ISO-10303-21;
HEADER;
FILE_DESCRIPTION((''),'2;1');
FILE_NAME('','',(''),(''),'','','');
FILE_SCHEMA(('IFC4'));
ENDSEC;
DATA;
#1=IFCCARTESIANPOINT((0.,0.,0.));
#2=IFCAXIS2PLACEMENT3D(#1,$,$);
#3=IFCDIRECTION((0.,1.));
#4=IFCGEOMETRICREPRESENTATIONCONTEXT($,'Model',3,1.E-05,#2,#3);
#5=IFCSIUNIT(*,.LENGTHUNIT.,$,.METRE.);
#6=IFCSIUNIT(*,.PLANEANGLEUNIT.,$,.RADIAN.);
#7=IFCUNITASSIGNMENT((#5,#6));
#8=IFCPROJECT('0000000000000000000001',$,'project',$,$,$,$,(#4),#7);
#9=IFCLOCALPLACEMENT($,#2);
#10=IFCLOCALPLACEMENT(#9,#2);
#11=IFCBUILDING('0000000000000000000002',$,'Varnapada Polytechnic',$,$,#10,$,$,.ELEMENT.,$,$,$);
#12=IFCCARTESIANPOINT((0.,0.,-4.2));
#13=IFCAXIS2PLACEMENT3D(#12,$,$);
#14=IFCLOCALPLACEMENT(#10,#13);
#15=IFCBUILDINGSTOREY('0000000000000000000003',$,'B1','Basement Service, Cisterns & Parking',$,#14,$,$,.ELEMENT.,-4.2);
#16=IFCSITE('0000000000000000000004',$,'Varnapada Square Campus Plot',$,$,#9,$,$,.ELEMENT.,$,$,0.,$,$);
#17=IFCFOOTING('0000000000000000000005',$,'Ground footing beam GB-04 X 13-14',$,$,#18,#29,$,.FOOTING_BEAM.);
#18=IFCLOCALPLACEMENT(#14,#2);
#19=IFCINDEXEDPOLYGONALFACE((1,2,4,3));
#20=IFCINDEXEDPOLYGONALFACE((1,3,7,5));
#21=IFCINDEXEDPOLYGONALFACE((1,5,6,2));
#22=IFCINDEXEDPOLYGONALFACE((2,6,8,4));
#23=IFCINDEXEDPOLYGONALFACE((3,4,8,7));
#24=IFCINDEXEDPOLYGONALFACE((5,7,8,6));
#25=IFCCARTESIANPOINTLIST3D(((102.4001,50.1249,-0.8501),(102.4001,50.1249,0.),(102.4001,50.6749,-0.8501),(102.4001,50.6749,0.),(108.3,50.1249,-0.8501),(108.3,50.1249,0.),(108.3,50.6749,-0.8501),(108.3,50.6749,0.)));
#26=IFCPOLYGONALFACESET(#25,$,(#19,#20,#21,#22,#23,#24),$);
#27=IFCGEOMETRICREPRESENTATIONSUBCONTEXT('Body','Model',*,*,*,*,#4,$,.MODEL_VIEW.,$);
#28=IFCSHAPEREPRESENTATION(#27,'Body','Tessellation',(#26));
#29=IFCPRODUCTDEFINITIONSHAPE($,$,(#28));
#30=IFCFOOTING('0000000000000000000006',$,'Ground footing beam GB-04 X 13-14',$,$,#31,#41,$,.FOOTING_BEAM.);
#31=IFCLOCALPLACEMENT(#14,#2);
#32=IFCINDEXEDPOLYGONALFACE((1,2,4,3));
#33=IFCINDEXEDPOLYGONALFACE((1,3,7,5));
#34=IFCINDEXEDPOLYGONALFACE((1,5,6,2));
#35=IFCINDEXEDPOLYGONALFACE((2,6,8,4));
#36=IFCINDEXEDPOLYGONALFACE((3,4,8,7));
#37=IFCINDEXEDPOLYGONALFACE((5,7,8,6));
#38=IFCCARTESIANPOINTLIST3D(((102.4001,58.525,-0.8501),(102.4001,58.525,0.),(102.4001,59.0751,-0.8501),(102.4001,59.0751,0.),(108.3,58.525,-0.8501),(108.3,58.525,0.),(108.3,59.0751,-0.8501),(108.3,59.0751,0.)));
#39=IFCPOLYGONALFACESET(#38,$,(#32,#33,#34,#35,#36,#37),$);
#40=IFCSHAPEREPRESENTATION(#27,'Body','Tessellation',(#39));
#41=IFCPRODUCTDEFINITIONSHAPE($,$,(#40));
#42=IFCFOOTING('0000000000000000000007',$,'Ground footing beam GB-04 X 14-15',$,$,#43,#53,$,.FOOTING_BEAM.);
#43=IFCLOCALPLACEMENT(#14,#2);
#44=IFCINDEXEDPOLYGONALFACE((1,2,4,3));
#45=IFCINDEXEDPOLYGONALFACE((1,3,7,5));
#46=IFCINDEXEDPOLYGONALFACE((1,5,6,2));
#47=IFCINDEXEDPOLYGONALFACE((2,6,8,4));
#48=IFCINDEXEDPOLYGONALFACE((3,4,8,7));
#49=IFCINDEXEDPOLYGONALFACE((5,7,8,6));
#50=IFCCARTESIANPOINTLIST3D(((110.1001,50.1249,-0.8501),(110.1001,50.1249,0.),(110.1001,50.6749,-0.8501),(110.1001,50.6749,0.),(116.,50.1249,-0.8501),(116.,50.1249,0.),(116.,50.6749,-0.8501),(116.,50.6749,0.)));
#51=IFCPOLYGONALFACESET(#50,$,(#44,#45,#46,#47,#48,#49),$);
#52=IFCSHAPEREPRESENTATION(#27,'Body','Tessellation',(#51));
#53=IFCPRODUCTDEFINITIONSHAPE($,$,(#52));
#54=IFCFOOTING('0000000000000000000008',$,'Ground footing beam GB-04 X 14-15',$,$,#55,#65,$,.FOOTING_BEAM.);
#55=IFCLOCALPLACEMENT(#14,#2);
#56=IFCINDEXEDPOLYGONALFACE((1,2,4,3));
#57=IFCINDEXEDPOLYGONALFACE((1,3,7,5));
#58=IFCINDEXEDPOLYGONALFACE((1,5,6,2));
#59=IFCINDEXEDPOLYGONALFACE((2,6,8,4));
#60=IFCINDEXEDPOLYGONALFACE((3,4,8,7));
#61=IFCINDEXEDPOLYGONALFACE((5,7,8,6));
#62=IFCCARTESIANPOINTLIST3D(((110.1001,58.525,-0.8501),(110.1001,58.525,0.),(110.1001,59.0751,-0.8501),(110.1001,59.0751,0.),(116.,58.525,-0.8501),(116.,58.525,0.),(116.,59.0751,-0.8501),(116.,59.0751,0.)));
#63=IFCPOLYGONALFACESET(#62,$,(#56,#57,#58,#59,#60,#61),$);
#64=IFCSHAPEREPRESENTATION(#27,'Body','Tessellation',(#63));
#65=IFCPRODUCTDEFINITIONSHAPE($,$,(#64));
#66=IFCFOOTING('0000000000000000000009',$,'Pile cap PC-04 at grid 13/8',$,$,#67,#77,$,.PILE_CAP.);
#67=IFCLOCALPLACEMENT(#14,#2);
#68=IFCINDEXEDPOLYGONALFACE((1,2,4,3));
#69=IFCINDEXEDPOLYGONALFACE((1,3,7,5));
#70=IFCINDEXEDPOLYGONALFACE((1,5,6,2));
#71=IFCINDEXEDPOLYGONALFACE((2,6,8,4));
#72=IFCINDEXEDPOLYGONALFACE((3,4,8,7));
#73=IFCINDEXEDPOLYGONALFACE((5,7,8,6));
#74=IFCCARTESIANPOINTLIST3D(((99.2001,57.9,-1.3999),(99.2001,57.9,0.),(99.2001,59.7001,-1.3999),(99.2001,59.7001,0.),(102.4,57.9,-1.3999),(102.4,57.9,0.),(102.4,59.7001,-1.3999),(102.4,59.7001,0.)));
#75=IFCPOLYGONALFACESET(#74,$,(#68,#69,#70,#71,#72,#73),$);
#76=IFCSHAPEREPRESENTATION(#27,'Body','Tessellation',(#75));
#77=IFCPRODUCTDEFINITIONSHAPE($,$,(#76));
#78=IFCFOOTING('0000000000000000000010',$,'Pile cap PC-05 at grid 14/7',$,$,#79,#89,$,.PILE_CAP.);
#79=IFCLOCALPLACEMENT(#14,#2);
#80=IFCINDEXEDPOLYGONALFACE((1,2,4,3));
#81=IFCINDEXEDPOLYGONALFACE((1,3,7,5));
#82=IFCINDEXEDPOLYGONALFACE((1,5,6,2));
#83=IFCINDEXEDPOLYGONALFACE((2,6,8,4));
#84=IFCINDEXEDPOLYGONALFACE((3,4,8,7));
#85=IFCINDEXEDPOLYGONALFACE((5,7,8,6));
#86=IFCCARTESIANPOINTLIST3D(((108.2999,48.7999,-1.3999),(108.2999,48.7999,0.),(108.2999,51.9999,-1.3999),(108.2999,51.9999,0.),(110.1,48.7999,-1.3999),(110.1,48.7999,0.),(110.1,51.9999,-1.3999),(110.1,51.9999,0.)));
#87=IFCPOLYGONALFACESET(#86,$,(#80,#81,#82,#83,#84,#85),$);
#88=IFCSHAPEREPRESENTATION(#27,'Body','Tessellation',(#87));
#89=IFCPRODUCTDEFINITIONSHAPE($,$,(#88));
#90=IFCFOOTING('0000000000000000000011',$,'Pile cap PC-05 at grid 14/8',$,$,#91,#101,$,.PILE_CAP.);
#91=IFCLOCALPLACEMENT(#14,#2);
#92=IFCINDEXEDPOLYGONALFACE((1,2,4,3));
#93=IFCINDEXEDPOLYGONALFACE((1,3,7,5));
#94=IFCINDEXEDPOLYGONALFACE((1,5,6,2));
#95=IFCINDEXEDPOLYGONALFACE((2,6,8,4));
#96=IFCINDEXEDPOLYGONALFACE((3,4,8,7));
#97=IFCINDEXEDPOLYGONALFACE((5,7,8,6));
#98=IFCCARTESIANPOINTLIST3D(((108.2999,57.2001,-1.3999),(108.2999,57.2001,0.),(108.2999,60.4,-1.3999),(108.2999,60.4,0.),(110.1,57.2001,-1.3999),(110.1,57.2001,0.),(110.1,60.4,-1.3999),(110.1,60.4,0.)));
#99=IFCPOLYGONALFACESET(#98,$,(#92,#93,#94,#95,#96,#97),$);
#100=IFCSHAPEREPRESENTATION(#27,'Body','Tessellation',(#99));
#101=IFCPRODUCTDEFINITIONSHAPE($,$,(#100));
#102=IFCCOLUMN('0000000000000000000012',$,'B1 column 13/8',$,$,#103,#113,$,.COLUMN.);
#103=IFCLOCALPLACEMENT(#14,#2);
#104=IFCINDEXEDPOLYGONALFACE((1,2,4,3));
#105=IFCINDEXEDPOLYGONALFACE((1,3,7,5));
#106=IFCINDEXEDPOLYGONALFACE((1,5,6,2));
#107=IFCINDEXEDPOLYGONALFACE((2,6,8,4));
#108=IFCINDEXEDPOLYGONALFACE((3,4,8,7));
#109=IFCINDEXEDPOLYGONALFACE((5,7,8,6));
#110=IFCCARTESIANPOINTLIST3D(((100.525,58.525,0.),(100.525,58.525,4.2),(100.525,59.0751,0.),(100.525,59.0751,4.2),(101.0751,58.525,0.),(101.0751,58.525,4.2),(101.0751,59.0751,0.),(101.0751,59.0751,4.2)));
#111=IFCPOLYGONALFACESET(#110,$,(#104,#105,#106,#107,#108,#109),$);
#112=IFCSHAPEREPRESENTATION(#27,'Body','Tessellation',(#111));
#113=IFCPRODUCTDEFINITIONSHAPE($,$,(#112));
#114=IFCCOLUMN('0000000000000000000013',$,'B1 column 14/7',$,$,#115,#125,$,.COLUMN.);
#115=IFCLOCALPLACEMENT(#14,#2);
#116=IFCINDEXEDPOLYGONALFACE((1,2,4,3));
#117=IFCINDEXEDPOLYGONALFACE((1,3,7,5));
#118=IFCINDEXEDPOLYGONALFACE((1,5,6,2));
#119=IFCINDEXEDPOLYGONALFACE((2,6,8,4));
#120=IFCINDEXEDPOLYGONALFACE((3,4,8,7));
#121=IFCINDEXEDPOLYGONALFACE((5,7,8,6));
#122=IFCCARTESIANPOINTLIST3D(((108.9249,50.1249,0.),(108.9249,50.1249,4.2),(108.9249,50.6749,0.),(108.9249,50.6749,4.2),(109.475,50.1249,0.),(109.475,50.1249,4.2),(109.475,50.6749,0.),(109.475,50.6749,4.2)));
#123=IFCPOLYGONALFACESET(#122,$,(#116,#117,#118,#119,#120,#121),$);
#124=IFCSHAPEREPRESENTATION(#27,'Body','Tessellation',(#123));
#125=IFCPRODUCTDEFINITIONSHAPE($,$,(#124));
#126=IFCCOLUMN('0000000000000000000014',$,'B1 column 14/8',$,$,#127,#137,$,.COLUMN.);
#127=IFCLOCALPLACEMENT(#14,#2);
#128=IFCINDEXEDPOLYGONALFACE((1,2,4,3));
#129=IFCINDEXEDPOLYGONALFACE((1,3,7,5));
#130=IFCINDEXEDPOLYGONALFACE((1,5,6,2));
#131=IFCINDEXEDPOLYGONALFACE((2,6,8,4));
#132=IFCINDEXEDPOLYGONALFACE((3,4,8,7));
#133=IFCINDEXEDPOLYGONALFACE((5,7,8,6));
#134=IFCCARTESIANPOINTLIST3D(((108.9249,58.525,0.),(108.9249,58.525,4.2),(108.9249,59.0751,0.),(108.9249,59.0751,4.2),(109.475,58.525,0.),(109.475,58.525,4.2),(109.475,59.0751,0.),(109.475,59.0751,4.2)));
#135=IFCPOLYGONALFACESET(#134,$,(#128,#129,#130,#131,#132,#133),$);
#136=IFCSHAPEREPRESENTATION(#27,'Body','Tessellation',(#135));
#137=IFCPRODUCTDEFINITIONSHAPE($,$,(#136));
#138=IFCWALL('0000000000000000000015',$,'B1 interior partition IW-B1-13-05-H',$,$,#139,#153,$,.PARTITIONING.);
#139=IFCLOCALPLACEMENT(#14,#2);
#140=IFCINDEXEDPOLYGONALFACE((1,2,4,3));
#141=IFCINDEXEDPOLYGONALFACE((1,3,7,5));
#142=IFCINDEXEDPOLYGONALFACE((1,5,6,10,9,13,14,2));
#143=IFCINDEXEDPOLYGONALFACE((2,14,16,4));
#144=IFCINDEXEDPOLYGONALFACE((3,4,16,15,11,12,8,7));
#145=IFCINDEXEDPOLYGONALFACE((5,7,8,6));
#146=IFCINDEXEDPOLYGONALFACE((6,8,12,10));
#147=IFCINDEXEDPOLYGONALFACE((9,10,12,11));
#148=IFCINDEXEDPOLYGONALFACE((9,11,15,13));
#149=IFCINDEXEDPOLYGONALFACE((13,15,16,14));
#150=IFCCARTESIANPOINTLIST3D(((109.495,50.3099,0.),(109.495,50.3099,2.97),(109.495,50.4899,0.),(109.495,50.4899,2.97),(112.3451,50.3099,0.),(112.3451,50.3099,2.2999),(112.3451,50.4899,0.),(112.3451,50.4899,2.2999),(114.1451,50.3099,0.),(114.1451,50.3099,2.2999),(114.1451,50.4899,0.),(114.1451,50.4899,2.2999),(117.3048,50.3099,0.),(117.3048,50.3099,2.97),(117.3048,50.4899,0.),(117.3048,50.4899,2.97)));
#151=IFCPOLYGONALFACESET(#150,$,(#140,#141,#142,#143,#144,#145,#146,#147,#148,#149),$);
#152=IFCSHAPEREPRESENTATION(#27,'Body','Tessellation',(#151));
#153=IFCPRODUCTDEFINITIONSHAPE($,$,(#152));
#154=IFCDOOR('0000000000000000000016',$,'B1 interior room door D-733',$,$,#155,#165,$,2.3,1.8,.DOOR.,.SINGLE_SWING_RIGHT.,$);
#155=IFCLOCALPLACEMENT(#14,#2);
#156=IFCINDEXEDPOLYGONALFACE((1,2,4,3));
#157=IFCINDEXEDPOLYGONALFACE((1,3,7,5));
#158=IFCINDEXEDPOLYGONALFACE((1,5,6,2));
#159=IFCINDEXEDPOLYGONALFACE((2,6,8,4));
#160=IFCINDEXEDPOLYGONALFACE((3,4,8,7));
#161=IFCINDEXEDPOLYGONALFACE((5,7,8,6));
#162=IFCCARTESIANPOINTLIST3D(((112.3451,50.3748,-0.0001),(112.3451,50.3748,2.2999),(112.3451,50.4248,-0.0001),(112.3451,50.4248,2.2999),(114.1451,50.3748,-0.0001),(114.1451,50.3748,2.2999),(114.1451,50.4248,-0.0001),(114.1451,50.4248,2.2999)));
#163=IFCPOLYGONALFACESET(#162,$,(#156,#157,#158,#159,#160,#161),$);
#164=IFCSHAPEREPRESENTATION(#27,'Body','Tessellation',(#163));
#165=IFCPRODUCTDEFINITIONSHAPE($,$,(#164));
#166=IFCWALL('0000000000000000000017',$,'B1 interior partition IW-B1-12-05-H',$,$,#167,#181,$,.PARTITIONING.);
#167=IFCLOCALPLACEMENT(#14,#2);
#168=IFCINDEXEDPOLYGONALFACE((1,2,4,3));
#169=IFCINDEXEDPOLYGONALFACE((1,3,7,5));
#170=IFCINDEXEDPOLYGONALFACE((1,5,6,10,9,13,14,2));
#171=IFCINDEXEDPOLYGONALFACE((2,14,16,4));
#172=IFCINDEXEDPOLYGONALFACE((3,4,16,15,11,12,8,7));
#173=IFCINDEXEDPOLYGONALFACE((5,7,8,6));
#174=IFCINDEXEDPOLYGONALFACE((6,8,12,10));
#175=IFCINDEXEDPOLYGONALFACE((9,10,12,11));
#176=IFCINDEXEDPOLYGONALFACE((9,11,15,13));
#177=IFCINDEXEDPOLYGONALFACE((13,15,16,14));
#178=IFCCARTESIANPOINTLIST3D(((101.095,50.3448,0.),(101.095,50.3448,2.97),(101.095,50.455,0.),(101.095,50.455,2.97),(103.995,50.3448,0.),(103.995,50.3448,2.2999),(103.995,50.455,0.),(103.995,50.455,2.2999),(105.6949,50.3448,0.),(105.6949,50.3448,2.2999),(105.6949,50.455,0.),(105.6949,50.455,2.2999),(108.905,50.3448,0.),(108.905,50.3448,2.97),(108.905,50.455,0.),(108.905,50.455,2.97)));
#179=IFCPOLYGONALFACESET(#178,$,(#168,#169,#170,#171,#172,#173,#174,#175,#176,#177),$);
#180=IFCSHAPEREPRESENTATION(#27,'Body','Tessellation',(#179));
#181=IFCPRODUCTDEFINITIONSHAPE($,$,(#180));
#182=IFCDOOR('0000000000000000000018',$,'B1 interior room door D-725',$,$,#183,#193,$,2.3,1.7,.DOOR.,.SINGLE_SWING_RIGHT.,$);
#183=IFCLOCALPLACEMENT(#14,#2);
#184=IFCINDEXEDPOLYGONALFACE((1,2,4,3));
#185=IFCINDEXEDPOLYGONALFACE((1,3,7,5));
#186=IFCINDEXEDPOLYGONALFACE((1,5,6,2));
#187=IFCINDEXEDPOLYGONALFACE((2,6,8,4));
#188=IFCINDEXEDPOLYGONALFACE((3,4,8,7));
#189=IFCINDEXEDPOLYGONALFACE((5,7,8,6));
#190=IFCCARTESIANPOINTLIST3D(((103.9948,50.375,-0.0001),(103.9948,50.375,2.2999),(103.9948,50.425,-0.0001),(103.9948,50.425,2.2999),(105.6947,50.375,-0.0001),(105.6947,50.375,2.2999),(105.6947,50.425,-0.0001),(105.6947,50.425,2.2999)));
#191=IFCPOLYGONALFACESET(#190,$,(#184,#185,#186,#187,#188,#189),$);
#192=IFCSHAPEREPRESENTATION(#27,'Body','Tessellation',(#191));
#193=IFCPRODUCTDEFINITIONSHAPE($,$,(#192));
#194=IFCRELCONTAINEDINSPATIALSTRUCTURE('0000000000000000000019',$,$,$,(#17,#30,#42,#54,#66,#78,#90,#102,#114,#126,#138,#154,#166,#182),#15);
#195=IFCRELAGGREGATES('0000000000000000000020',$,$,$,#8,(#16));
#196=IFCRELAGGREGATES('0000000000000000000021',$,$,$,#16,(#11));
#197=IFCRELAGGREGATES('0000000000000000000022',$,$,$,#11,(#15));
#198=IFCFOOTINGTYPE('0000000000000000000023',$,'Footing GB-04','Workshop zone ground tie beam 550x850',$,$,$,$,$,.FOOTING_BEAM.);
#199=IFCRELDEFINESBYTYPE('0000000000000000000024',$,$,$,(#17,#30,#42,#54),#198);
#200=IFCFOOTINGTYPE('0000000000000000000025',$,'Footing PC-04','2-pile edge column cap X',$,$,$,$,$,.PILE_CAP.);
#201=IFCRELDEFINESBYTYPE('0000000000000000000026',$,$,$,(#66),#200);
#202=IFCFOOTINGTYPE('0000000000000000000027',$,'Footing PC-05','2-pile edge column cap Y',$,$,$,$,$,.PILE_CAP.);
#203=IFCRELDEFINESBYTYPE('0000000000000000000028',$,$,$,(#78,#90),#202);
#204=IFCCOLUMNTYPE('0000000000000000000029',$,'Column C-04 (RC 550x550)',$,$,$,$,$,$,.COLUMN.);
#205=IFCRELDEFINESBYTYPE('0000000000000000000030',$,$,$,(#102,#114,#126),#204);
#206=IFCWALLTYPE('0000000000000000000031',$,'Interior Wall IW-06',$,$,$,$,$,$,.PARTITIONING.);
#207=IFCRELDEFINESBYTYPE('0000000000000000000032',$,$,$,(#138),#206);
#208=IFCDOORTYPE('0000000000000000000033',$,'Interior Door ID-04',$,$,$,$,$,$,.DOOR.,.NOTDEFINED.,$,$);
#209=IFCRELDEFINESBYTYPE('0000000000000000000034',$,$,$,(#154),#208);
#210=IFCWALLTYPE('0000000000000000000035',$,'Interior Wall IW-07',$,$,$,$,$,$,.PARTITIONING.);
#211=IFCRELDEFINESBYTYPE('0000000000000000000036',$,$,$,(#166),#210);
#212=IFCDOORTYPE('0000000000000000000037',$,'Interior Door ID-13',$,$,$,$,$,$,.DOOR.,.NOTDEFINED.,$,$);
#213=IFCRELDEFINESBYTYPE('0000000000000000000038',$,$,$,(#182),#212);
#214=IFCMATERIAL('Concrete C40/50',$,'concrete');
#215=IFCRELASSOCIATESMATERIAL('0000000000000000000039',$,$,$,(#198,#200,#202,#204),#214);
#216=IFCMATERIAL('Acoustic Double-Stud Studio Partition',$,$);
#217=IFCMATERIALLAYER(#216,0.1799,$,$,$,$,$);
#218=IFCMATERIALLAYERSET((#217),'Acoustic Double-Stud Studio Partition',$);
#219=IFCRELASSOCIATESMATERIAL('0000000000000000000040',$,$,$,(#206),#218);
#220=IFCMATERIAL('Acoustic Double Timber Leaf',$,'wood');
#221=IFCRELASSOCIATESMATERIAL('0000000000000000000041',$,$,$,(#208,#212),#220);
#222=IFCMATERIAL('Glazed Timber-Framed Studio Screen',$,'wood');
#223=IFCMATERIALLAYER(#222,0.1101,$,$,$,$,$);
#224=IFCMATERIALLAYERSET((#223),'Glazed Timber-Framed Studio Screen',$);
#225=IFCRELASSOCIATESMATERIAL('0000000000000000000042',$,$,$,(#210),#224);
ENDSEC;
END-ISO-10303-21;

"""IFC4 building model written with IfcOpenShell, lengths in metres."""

from ifc_helpers import new_model, si_unit, direction, frame, frame_2d, origin, origin_2d, place, context, subcontext, project, spatial, rectangle, extrude, material, layer, layer_set, material_profile, profile_set, type_object, element, fill, save


model = new_model("IFC4")

# Units and contexts
model_context = context("Model", 3, precision=1e-05, world=origin(), true_north=direction((0.0, 1.0)))
body_context = subcontext(model_context, "Body", "Model", "MODEL_VIEW")
ifc_project = project(units=[si_unit("LENGTHUNIT", "METRE"), si_unit("PLANEANGLEUNIT", "RADIAN")], contexts=[model_context])

# Site, building, storey
site_placement = place(None, origin())
site = spatial("IfcSite", under=ifc_project, at=site_placement, Name="Varnapada Square Campus Plot", CompositionType="ELEMENT", RefElevation=0.0)
building_placement = place(site_placement, origin())
building = spatial("IfcBuilding", under=site, at=building_placement, Name="Varnapada Polytechnic", CompositionType="ELEMENT")
storey_placement = place(building_placement, frame((0.0, 0.0, -4.2)))
storey = spatial("IfcBuildingStorey", under=building, at=storey_placement, Name="B1", Description="Basement Service, Cisterns & Parking", CompositionType="ELEMENT", Elevation=-4.2)

# Shared definitions
ifc_material_1 = material(Name="Concrete C40/50", Category="concrete")

# Footings
footing_type_1 = type_object("IfcFootingType", Name="Footing GB-04", Description="Workshop zone ground tie beam 550x850", PredefinedType="FOOTING_BEAM", material=ifc_material_1)
for number, where, z_axis, x_axis, name in (
    (1, (105.3501, 50.3999, -0.8501), (0.0, 0.0, 1.0), (1.0, 0.0, 0.0), "Ground footing beam GB-04 X 13-14"),
    (2, (105.3501, 58.8, -0.8501), (0.0, 0.0, 1.0), (1.0, 0.0, 0.0), "Ground footing beam GB-04 X 13-14"),
    (3, (113.05, 50.3999, -0.8501), (0.0, 0.0, 1.0), (1.0, 0.0, 0.0), "Ground footing beam GB-04 X 14-15"),
    (4, (113.05, 58.8, -0.8501), (0.0, 0.0, 1.0), (1.0, 0.0, 0.0), "Ground footing beam GB-04 X 14-15"),
):
    element("IfcFooting", number, at=place(storey_placement, frame(where, z_axis=z_axis, x_axis=x_axis)), inside=storey, type_object=footing_type_1, Name=name, PredefinedType="FOOTING_BEAM", context=body_context, shape_type="SweptSolid", body=[
        extrude(rectangle(XDim=5.8999, YDim=0.55, at=origin_2d()), origin(), (0.0, 0.0, 1.0), 0.8501),
    ])
footing_type_2 = type_object("IfcFootingType", Name="Footing PC-04", Description="2-pile edge column cap X", PredefinedType="PILE_CAP", material=ifc_material_1)
footing_1_placement = place(storey_placement, frame((100.8, 58.8, -1.3999), z_axis=(0.0, 0.0, 1.0), x_axis=(1.0, 0.0, 0.0)))
element("IfcFooting", 5, at=footing_1_placement, inside=storey, type_object=footing_type_2, Name="Pile cap PC-04 at grid 13/8", PredefinedType="PILE_CAP", context=body_context, shape_type="SweptSolid", body=[
    extrude(rectangle(XDim=3.2, YDim=1.8, at=origin_2d()), origin(), (0.0, 0.0, 1.0), 1.3999),
])
footing_type_3 = type_object("IfcFootingType", Name="Footing PC-05", Description="2-pile edge column cap Y", PredefinedType="PILE_CAP", material=ifc_material_1)
for number, where, z_axis, x_axis, name in (
    (6, (109.2, 50.3999, -1.3999), (0.0, 0.0, 1.0), (1.0, 0.0, 0.0), "Pile cap PC-05 at grid 14/7"),
    (7, (109.2, 58.8, -1.3999), (0.0, 0.0, 1.0), (1.0, 0.0, 0.0), "Pile cap PC-05 at grid 14/8"),
):
    element("IfcFooting", number, at=place(storey_placement, frame(where, z_axis=z_axis, x_axis=x_axis)), inside=storey, type_object=footing_type_3, Name=name, PredefinedType="PILE_CAP", context=body_context, shape_type="SweptSolid", body=[
        extrude(rectangle(XDim=1.8, YDim=3.2, at=origin_2d()), origin(), (0.0, 0.0, 1.0), 1.3999),
    ])

# Columns
ifc_material_profile_1 = material_profile(ifc_material_1, rectangle(XDim=0.55, YDim=0.55, at=origin_2d()), Name="RC 550x550")
ifc_profile_set_1 = profile_set([ifc_material_profile_1], Name="Concrete C40/50")
column_type = type_object("IfcColumnType", Name="Column C-04 (RC 550x550)", PredefinedType="COLUMN", material=ifc_profile_set_1)
for number, where, z_axis, x_axis, name in (
    (8, (100.8, 58.8, 0.0), (0.0, 0.0, 1.0), (1.0, 0.0, 0.0), "B1 column 13/8"),
    (9, (109.2, 50.3999, 0.0), (0.0, 0.0, 1.0), (1.0, 0.0, 0.0), "B1 column 14/7"),
    (10, (109.2, 58.8, 0.0), (0.0, 0.0, 1.0), (1.0, 0.0, 0.0), "B1 column 14/8"),
):
    element("IfcColumn", number, at=place(storey_placement, frame(where, z_axis=z_axis, x_axis=x_axis)), inside=storey, type_object=column_type, Name=name, PredefinedType="COLUMN", context=body_context, shape_type="SweptSolid", body=[
        extrude(rectangle(XDim=0.55, YDim=0.55, at=origin_2d()), origin(), (0.0, 0.0, 1.0), 4.2),
    ])

# Walls, openings, doors
ifc_material_2 = material(Name="Acoustic Double-Stud Studio Partition")
ifc_layer_1 = layer(ifc_material_2, 0.1799)
ifc_layer_set_1 = layer_set([ifc_layer_1], Name="Acoustic Double-Stud Studio Partition")
wall_type_1 = type_object("IfcWallType", Name="Interior Wall IW-06", PredefinedType="PARTITIONING", material=ifc_layer_set_1)
wall_1_placement = place(storey_placement, frame((109.4951, 50.3999, 0.0), z_axis=(0.0, 0.0, 1.0), x_axis=(1.0, 0.0, 0.0)))
wall_1 = element("IfcWall", 11, at=wall_1_placement, inside=storey, type_object=wall_type_1, Name="B1 interior partition IW-B1-13-05-H", PredefinedType="PARTITIONING", context=body_context, shape_type="SweptSolid", body=[
    extrude(rectangle(XDim=7.8098, YDim=0.1799, at=frame_2d((3.9048, 0.0))), origin(), (0.0, 0.0, 1.0), 2.97),
])
opening_1_placement = place(wall_1_placement, frame((2.8501, 0.0, 0.0)))
opening_1 = element("IfcOpeningElement", 12, at=opening_1_placement, cuts=wall_1, PredefinedType="OPENING", context=body_context, shape_type="SweptSolid", body=[
    extrude(rectangle(XDim=1.8, YDim=2.3, at=frame_2d((0.8999, 1.1499))), frame((0.0, 0.0999, 0.0), z_axis=(0.0, -1.0, 0.0), x_axis=(1.0, 0.0, 0.0)), (0.0, 0.0, 1.0), 0.2),
])
ifc_material_3 = material(Name="Acoustic Double Timber Leaf", Category="wood")
door_type_1 = type_object("IfcDoorType", Name="Interior Door ID-04", OperationType="NOTDEFINED", PredefinedType="DOOR", material=ifc_material_3)
door_1_placement = place(opening_1_placement, origin())
door_1 = element("IfcDoor", 13, at=door_1_placement, inside=storey, type_object=door_type_1, Name="B1 interior room door D-733", OperationType="SINGLE_SWING_RIGHT", OverallHeight=2.3, OverallWidth=1.8, PredefinedType="DOOR", context=body_context, shape_type="SweptSolid", body=[
    extrude(rectangle(XDim=1.8, YDim=2.3, at=frame_2d((0.8999, 1.1499))), frame((0.0, 0.0249, 0.0), z_axis=(0.0, -1.0, 0.0), x_axis=(1.0, 0.0, 0.0)), (0.0, 0.0, 1.0), 0.05),
])
fill(opening_1, door_1)
ifc_material_4 = material(Name="Glazed Timber-Framed Studio Screen", Category="wood")
ifc_layer_2 = layer(ifc_material_4, 0.1101)
ifc_layer_set_2 = layer_set([ifc_layer_2], Name="Glazed Timber-Framed Studio Screen")
wall_type_2 = type_object("IfcWallType", Name="Interior Wall IW-07", PredefinedType="PARTITIONING", material=ifc_layer_set_2)
wall_2_placement = place(storey_placement, frame((101.095, 50.3999, 0.0), z_axis=(0.0, 0.0, 1.0), x_axis=(1.0, 0.0, 0.0)))
wall_2 = element("IfcWall", 14, at=wall_2_placement, inside=storey, type_object=wall_type_2, Name="B1 interior partition IW-B1-12-05-H", PredefinedType="PARTITIONING", context=body_context, shape_type="SweptSolid", body=[
    extrude(rectangle(XDim=7.8101, YDim=0.1101, at=frame_2d((3.905, 0.0))), origin(), (0.0, 0.0, 1.0), 2.97),
])
opening_2_placement = place(wall_2_placement, frame((2.8999, 0.0, 0.0)))
opening_2 = element("IfcOpeningElement", 15, at=opening_2_placement, cuts=wall_2, PredefinedType="OPENING", context=body_context, shape_type="SweptSolid", body=[
    extrude(rectangle(XDim=1.7, YDim=2.3, at=frame_2d((0.8501, 1.1499))), frame((0.0, 0.0649, 0.0), z_axis=(0.0, -1.0, 0.0), x_axis=(1.0, 0.0, 0.0)), (0.0, 0.0, 1.0), 0.1301),
])
door_type_2 = type_object("IfcDoorType", Name="Interior Door ID-13", OperationType="NOTDEFINED", PredefinedType="DOOR", material=ifc_material_3)
door_2_placement = place(opening_2_placement, frame((1.7, 0.0, 0.0), z_axis=(0.0, 0.0, 1.0), x_axis=(-1.0, 0.0, 0.0)))
door_2 = element("IfcDoor", 16, at=door_2_placement, inside=storey, type_object=door_type_2, Name="B1 interior room door D-725", OperationType="SINGLE_SWING_RIGHT", OverallHeight=2.3, OverallWidth=1.7, PredefinedType="DOOR", context=body_context, shape_type="SweptSolid", body=[
    extrude(rectangle(XDim=1.7, YDim=2.3, at=frame_2d((0.8501, 1.1499))), frame((0.0, 0.0249, 0.0), z_axis=(0.0, -1.0, 0.0), x_axis=(1.0, 0.0, 0.0)), (0.0, 0.0, 1.0), 0.05),
])
fill(opening_2, door_2)

save(model, "model.ifc")
